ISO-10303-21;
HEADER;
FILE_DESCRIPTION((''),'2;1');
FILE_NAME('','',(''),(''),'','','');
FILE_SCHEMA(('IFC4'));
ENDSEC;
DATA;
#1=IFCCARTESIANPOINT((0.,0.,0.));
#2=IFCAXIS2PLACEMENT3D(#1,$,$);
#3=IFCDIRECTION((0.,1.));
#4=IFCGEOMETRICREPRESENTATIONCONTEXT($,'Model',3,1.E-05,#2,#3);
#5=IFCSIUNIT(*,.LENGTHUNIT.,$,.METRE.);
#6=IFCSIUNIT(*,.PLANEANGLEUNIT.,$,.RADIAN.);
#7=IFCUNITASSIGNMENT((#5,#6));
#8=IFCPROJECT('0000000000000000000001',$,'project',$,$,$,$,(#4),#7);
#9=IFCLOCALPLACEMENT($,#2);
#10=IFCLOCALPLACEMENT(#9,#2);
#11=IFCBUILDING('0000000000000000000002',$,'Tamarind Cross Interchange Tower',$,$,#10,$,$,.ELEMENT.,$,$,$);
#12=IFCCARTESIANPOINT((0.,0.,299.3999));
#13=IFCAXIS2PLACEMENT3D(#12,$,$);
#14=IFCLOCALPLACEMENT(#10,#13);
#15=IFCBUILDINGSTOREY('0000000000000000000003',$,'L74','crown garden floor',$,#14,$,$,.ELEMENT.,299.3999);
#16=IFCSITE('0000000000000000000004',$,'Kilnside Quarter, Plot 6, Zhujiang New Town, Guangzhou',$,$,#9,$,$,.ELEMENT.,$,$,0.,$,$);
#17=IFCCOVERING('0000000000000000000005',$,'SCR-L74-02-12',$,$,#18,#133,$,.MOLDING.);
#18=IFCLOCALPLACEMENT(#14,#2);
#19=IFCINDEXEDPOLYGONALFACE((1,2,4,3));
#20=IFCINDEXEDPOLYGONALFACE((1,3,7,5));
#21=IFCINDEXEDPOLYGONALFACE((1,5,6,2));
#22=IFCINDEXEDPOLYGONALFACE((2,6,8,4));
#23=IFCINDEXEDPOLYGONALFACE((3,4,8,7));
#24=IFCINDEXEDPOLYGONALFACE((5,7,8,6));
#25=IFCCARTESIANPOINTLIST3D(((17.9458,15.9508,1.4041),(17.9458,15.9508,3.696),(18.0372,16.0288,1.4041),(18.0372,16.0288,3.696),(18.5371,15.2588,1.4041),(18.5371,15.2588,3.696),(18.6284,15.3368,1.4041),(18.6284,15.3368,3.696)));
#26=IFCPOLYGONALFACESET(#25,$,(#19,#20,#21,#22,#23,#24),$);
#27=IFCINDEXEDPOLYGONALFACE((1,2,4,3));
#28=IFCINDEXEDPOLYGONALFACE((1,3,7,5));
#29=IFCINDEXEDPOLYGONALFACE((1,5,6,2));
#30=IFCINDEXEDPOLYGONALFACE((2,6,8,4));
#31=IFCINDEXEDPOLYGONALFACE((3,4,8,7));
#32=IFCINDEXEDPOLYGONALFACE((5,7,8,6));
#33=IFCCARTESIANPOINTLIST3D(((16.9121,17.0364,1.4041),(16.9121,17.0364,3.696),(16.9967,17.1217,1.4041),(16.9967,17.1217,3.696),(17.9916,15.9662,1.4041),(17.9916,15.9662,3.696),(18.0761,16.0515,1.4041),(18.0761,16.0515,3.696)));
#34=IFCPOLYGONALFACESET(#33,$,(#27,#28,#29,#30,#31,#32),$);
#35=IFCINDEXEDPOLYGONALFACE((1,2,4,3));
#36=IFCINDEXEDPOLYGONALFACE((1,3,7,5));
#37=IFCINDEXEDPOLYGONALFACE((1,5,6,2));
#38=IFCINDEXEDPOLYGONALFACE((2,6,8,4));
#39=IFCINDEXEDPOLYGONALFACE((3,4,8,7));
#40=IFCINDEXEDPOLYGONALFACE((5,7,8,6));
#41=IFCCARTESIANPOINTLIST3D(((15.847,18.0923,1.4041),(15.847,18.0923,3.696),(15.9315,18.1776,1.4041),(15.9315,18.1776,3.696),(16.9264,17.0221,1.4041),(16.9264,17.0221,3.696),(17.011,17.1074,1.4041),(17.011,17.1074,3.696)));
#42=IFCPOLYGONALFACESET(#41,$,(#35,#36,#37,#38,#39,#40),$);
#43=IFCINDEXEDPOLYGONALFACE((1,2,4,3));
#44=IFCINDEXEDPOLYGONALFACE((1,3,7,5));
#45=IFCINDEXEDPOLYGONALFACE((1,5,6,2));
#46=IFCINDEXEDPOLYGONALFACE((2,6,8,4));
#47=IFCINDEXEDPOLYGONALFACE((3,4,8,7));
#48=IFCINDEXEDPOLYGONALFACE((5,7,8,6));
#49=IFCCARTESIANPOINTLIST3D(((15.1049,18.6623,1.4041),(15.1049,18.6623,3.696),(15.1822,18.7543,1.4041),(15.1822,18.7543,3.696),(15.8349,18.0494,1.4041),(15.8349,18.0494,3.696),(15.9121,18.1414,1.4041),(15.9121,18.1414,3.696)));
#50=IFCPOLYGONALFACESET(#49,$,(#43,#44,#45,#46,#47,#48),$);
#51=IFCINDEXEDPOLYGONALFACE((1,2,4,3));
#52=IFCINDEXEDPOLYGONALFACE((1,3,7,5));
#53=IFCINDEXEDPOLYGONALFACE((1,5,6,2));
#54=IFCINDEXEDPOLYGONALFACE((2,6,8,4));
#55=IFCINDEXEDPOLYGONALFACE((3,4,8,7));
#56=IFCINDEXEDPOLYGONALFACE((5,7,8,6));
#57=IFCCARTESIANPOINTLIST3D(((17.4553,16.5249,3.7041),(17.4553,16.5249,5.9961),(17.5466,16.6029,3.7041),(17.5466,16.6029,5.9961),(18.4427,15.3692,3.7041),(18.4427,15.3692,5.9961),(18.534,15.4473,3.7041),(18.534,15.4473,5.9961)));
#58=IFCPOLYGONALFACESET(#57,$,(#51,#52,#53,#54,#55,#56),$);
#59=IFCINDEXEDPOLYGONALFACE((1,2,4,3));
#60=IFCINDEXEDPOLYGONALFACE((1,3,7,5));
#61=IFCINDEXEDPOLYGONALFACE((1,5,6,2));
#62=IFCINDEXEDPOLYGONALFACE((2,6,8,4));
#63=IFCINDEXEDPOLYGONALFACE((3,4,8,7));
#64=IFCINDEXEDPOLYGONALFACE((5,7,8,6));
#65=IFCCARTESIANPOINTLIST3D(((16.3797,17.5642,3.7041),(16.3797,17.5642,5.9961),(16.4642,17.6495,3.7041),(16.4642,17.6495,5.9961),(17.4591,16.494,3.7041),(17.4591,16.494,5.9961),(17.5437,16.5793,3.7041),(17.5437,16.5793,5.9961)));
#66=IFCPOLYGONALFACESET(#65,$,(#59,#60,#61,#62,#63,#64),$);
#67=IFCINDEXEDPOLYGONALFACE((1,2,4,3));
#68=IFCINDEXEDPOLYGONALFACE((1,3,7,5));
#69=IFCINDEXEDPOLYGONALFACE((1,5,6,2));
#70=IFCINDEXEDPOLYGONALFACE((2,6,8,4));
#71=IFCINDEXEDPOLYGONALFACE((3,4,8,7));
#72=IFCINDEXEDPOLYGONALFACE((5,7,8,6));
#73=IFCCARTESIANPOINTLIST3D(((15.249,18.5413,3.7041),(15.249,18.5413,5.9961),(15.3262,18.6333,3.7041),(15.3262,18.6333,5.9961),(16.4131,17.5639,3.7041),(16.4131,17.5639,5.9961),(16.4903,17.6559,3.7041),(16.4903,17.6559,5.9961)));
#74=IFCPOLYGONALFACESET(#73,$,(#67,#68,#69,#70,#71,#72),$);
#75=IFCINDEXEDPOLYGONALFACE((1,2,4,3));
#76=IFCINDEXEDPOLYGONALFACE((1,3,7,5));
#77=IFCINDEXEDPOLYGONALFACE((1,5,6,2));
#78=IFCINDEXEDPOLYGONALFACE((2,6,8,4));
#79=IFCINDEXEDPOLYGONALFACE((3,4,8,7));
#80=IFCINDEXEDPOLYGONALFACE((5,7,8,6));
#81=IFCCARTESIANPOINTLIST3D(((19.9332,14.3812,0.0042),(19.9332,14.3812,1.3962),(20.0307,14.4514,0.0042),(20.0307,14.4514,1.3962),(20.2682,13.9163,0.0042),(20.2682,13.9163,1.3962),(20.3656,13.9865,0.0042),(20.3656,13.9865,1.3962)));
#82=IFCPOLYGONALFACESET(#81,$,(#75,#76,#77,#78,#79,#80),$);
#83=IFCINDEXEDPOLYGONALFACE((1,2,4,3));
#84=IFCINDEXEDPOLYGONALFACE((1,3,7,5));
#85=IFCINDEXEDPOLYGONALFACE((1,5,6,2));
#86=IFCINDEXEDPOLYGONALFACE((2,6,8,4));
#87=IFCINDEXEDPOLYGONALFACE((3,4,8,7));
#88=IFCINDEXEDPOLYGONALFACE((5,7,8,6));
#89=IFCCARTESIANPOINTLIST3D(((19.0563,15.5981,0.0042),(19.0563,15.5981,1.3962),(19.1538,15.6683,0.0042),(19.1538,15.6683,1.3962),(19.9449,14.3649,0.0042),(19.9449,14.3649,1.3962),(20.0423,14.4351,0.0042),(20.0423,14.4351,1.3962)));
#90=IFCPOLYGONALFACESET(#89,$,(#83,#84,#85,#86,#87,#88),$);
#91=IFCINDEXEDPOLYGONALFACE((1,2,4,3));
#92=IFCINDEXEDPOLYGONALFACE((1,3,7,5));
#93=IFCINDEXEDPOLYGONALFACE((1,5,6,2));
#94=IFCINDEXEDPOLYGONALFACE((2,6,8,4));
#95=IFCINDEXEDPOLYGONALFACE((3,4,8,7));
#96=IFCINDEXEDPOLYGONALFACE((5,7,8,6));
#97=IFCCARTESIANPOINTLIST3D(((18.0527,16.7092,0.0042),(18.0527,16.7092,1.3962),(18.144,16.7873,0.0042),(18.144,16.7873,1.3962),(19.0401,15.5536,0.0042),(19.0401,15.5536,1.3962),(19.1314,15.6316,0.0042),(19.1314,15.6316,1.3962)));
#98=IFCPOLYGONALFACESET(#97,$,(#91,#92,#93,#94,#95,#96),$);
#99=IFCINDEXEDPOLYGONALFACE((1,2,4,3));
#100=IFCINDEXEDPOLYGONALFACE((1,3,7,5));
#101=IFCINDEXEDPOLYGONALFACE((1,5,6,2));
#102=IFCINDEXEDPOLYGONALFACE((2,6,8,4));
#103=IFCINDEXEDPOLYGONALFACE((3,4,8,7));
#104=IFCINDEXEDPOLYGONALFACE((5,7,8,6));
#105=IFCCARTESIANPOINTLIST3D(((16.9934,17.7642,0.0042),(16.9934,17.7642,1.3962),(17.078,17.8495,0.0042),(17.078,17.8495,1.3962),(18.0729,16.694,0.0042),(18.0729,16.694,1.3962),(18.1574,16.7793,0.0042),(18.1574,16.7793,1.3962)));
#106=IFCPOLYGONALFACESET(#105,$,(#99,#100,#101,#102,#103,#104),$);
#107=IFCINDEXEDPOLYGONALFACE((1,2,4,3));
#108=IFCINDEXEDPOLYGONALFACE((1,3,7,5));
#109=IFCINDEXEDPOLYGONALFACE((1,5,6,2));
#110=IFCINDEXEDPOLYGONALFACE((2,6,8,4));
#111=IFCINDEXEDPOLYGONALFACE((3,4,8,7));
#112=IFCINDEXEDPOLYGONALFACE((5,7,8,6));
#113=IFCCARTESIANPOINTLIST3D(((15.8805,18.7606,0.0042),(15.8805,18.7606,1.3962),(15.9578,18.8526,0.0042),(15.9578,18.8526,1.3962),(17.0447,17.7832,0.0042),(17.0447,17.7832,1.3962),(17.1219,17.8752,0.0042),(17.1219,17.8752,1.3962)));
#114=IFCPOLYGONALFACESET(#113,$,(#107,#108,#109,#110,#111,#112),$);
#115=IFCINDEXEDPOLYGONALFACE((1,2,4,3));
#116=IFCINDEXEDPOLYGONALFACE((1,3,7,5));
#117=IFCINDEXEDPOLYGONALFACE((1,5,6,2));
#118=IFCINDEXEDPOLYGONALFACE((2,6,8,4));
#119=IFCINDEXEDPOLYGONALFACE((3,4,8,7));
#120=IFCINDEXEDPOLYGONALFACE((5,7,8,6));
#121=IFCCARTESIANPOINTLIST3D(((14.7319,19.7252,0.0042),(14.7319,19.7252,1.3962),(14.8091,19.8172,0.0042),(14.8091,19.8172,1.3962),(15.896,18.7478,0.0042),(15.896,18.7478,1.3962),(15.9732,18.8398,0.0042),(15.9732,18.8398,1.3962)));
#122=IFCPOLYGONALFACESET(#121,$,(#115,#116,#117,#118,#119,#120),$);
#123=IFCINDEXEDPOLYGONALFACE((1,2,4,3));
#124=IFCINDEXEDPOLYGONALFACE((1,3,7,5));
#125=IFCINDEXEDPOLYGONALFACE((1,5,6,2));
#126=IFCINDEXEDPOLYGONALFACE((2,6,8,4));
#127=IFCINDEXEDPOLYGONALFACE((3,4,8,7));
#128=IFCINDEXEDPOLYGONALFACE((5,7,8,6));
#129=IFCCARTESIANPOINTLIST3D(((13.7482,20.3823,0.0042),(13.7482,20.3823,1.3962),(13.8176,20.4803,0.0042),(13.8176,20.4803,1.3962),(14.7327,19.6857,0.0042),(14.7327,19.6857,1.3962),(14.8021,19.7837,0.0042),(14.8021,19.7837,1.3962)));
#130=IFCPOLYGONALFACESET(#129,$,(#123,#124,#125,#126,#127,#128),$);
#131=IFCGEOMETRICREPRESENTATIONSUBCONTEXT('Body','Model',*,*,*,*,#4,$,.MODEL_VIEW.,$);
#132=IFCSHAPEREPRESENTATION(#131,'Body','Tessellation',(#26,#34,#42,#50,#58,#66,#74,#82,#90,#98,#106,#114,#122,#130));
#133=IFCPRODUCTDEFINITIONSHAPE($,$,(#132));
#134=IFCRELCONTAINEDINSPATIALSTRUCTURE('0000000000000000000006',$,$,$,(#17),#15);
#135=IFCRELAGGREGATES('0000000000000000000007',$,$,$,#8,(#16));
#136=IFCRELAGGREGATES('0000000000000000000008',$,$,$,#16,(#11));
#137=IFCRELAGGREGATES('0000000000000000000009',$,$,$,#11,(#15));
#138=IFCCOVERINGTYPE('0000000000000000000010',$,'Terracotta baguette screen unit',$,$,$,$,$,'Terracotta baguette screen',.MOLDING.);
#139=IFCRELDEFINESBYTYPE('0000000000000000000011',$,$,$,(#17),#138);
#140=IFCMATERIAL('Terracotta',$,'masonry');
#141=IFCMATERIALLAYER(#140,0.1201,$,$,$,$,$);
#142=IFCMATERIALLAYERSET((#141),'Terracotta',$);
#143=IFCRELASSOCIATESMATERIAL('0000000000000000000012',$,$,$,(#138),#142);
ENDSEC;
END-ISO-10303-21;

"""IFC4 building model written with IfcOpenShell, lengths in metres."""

from ifc_helpers import new_model, si_unit, direction, frame, origin, origin_2d, place, context, subcontext, project, spatial, rectangle, extrude, material, layer, layer_set, type_object, element, save


model = new_model("IFC4")

# Units and contexts
model_context = context("Model", 3, precision=1e-05, world=origin(), true_north=direction((0.0, 1.0)))
body_context = subcontext(model_context, "Body", "Model", "MODEL_VIEW")
ifc_project = project(units=[si_unit("LENGTHUNIT", "METRE"), si_unit("PLANEANGLEUNIT", "RADIAN")], contexts=[model_context])

# Site, building, storey
site_placement = place(None, origin())
site = spatial("IfcSite", under=ifc_project, at=site_placement, Name="Kilnside Quarter, Plot 6, Zhujiang New Town, Guangzhou", CompositionType="ELEMENT", RefElevation=0.0)
building_placement = place(site_placement, origin())
building = spatial("IfcBuilding", under=site, at=building_placement, Name="Tamarind Cross Interchange Tower", CompositionType="ELEMENT")
storey_placement = place(building_placement, frame((0.0, 0.0, 299.3999)))
storey = spatial("IfcBuildingStorey", under=building, at=storey_placement, Name="L74", Description="crown garden floor", CompositionType="ELEMENT", Elevation=299.3999)

# Covering
ifc_material_1 = material(Name="Terracotta", Category="masonry")
ifc_layer_1 = layer(ifc_material_1, 0.1201)
ifc_layer_set_1 = layer_set([ifc_layer_1], Name="Terracotta")
covering_type = type_object("IfcCoveringType", Name="Terracotta baguette screen unit", ElementType="Terracotta baguette screen", PredefinedType="MOLDING", material=ifc_layer_set_1)
covering_1_placement = place(storey_placement, origin())
element("IfcCovering", 1, at=covering_1_placement, inside=storey, type_object=covering_type, Name="SCR-L74-02-12", PredefinedType="MOLDING", context=body_context, shape_type="SweptSolid", body=[
    extrude(rectangle(XDim=0.9102, YDim=0.1201, at=origin_2d()), frame((18.2871, 15.6438, 1.4041), z_axis=(0.0, 0.0, 1.0), x_axis=(-0.649577, 0.760296, 0.0)), (0.0, 0.0, 1.0), 2.292),
    extrude(rectangle(XDim=1.52, YDim=0.1201, at=origin_2d()), frame((17.4941, 16.5439, 1.4041), z_axis=(0.0, 0.0, 1.0), x_axis=(-0.710143, 0.704057, 0.0)), (0.0, 0.0, 1.0), 2.292),
    extrude(rectangle(XDim=1.52, YDim=0.1201, at=origin_2d()), frame((16.429, 17.5999, 1.4041), z_axis=(0.0, 0.0, 1.0), x_axis=(-0.710143, 0.704057, 0.0)), (0.0, 0.0, 1.0), 2.292),
    extrude(rectangle(XDim=0.9531, YDim=0.1201, at=origin_2d()), frame((15.5085, 18.4019, 1.4041), z_axis=(0.0, 0.0, 1.0), x_axis=(-0.765858, 0.643009, 0.0)), (0.0, 0.0, 1.0), 2.292),
    extrude(rectangle(XDim=1.52, YDim=0.1201, at=origin_2d()), frame((17.9946, 15.9861, 3.7041), z_axis=(0.0, 0.0, 1.0), x_axis=(-0.649577, 0.760296, 0.0)), (0.0, 0.0, 1.0), 2.292),
    extrude(rectangle(XDim=1.52, YDim=0.1201, at=origin_2d()), frame((16.9617, 17.0718, 3.7041), z_axis=(0.0, 0.0, 1.0), x_axis=(-0.710143, 0.704057, 0.0)), (0.0, 0.0, 1.0), 2.292),
    extrude(rectangle(XDim=1.52, YDim=0.1201, at=origin_2d()), frame((15.8696, 18.0986, 3.7041), z_axis=(0.0, 0.0, 1.0), x_axis=(-0.765858, 0.643009, 0.0)), (0.0, 0.0, 1.0), 2.292),
    extrude(rectangle(XDim=0.573, YDim=0.1201, at=origin_2d()), frame((20.1494, 14.1838, 0.0042), z_axis=(0.0, 0.0, 1.0), x_axis=(-0.584574, 0.81134, 0.0)), (0.0, 0.0, 1.0), 1.3921),
    extrude(rectangle(XDim=1.52, YDim=0.1201, at=origin_2d()), frame((19.5493, 15.0166, 0.0042), z_axis=(0.0, 0.0, 1.0), x_axis=(-0.584574, 0.81134, 0.0)), (0.0, 0.0, 1.0), 1.3921),
    extrude(rectangle(XDim=1.52, YDim=0.1201, at=origin_2d()), frame((18.592, 16.1704, 0.0042), z_axis=(0.0, 0.0, 1.0), x_axis=(-0.649577, 0.760296, 0.0)), (0.0, 0.0, 1.0), 1.3921),
    extrude(rectangle(XDim=1.52, YDim=0.1201, at=origin_2d()), frame((17.5754, 17.2717, 0.0042), z_axis=(0.0, 0.0, 1.0), x_axis=(-0.710143, 0.704057, 0.0)), (0.0, 0.0, 1.0), 1.3921),
    extrude(rectangle(XDim=1.52, YDim=0.1201, at=origin_2d()), frame((16.5012, 18.3179, 0.0042), z_axis=(0.0, 0.0, 1.0), x_axis=(-0.765858, 0.643009, 0.0)), (0.0, 0.0, 1.0), 1.3921),
    extrude(rectangle(XDim=1.52, YDim=0.1201, at=origin_2d()), frame((15.3525, 19.2825, 0.0042), z_axis=(0.0, 0.0, 1.0), x_axis=(-0.765858, 0.643009, 0.0)), (0.0, 0.0, 1.0), 1.3921),
    extrude(rectangle(XDim=1.2061, YDim=0.1201, at=origin_2d()), frame((14.2751, 20.083, 0.0042), z_axis=(0.0, 0.0, 1.0), x_axis=(-0.816342, 0.577569, 0.0)), (0.0, 0.0, 1.0), 1.3921),
])

save(model, "model.ifc")
